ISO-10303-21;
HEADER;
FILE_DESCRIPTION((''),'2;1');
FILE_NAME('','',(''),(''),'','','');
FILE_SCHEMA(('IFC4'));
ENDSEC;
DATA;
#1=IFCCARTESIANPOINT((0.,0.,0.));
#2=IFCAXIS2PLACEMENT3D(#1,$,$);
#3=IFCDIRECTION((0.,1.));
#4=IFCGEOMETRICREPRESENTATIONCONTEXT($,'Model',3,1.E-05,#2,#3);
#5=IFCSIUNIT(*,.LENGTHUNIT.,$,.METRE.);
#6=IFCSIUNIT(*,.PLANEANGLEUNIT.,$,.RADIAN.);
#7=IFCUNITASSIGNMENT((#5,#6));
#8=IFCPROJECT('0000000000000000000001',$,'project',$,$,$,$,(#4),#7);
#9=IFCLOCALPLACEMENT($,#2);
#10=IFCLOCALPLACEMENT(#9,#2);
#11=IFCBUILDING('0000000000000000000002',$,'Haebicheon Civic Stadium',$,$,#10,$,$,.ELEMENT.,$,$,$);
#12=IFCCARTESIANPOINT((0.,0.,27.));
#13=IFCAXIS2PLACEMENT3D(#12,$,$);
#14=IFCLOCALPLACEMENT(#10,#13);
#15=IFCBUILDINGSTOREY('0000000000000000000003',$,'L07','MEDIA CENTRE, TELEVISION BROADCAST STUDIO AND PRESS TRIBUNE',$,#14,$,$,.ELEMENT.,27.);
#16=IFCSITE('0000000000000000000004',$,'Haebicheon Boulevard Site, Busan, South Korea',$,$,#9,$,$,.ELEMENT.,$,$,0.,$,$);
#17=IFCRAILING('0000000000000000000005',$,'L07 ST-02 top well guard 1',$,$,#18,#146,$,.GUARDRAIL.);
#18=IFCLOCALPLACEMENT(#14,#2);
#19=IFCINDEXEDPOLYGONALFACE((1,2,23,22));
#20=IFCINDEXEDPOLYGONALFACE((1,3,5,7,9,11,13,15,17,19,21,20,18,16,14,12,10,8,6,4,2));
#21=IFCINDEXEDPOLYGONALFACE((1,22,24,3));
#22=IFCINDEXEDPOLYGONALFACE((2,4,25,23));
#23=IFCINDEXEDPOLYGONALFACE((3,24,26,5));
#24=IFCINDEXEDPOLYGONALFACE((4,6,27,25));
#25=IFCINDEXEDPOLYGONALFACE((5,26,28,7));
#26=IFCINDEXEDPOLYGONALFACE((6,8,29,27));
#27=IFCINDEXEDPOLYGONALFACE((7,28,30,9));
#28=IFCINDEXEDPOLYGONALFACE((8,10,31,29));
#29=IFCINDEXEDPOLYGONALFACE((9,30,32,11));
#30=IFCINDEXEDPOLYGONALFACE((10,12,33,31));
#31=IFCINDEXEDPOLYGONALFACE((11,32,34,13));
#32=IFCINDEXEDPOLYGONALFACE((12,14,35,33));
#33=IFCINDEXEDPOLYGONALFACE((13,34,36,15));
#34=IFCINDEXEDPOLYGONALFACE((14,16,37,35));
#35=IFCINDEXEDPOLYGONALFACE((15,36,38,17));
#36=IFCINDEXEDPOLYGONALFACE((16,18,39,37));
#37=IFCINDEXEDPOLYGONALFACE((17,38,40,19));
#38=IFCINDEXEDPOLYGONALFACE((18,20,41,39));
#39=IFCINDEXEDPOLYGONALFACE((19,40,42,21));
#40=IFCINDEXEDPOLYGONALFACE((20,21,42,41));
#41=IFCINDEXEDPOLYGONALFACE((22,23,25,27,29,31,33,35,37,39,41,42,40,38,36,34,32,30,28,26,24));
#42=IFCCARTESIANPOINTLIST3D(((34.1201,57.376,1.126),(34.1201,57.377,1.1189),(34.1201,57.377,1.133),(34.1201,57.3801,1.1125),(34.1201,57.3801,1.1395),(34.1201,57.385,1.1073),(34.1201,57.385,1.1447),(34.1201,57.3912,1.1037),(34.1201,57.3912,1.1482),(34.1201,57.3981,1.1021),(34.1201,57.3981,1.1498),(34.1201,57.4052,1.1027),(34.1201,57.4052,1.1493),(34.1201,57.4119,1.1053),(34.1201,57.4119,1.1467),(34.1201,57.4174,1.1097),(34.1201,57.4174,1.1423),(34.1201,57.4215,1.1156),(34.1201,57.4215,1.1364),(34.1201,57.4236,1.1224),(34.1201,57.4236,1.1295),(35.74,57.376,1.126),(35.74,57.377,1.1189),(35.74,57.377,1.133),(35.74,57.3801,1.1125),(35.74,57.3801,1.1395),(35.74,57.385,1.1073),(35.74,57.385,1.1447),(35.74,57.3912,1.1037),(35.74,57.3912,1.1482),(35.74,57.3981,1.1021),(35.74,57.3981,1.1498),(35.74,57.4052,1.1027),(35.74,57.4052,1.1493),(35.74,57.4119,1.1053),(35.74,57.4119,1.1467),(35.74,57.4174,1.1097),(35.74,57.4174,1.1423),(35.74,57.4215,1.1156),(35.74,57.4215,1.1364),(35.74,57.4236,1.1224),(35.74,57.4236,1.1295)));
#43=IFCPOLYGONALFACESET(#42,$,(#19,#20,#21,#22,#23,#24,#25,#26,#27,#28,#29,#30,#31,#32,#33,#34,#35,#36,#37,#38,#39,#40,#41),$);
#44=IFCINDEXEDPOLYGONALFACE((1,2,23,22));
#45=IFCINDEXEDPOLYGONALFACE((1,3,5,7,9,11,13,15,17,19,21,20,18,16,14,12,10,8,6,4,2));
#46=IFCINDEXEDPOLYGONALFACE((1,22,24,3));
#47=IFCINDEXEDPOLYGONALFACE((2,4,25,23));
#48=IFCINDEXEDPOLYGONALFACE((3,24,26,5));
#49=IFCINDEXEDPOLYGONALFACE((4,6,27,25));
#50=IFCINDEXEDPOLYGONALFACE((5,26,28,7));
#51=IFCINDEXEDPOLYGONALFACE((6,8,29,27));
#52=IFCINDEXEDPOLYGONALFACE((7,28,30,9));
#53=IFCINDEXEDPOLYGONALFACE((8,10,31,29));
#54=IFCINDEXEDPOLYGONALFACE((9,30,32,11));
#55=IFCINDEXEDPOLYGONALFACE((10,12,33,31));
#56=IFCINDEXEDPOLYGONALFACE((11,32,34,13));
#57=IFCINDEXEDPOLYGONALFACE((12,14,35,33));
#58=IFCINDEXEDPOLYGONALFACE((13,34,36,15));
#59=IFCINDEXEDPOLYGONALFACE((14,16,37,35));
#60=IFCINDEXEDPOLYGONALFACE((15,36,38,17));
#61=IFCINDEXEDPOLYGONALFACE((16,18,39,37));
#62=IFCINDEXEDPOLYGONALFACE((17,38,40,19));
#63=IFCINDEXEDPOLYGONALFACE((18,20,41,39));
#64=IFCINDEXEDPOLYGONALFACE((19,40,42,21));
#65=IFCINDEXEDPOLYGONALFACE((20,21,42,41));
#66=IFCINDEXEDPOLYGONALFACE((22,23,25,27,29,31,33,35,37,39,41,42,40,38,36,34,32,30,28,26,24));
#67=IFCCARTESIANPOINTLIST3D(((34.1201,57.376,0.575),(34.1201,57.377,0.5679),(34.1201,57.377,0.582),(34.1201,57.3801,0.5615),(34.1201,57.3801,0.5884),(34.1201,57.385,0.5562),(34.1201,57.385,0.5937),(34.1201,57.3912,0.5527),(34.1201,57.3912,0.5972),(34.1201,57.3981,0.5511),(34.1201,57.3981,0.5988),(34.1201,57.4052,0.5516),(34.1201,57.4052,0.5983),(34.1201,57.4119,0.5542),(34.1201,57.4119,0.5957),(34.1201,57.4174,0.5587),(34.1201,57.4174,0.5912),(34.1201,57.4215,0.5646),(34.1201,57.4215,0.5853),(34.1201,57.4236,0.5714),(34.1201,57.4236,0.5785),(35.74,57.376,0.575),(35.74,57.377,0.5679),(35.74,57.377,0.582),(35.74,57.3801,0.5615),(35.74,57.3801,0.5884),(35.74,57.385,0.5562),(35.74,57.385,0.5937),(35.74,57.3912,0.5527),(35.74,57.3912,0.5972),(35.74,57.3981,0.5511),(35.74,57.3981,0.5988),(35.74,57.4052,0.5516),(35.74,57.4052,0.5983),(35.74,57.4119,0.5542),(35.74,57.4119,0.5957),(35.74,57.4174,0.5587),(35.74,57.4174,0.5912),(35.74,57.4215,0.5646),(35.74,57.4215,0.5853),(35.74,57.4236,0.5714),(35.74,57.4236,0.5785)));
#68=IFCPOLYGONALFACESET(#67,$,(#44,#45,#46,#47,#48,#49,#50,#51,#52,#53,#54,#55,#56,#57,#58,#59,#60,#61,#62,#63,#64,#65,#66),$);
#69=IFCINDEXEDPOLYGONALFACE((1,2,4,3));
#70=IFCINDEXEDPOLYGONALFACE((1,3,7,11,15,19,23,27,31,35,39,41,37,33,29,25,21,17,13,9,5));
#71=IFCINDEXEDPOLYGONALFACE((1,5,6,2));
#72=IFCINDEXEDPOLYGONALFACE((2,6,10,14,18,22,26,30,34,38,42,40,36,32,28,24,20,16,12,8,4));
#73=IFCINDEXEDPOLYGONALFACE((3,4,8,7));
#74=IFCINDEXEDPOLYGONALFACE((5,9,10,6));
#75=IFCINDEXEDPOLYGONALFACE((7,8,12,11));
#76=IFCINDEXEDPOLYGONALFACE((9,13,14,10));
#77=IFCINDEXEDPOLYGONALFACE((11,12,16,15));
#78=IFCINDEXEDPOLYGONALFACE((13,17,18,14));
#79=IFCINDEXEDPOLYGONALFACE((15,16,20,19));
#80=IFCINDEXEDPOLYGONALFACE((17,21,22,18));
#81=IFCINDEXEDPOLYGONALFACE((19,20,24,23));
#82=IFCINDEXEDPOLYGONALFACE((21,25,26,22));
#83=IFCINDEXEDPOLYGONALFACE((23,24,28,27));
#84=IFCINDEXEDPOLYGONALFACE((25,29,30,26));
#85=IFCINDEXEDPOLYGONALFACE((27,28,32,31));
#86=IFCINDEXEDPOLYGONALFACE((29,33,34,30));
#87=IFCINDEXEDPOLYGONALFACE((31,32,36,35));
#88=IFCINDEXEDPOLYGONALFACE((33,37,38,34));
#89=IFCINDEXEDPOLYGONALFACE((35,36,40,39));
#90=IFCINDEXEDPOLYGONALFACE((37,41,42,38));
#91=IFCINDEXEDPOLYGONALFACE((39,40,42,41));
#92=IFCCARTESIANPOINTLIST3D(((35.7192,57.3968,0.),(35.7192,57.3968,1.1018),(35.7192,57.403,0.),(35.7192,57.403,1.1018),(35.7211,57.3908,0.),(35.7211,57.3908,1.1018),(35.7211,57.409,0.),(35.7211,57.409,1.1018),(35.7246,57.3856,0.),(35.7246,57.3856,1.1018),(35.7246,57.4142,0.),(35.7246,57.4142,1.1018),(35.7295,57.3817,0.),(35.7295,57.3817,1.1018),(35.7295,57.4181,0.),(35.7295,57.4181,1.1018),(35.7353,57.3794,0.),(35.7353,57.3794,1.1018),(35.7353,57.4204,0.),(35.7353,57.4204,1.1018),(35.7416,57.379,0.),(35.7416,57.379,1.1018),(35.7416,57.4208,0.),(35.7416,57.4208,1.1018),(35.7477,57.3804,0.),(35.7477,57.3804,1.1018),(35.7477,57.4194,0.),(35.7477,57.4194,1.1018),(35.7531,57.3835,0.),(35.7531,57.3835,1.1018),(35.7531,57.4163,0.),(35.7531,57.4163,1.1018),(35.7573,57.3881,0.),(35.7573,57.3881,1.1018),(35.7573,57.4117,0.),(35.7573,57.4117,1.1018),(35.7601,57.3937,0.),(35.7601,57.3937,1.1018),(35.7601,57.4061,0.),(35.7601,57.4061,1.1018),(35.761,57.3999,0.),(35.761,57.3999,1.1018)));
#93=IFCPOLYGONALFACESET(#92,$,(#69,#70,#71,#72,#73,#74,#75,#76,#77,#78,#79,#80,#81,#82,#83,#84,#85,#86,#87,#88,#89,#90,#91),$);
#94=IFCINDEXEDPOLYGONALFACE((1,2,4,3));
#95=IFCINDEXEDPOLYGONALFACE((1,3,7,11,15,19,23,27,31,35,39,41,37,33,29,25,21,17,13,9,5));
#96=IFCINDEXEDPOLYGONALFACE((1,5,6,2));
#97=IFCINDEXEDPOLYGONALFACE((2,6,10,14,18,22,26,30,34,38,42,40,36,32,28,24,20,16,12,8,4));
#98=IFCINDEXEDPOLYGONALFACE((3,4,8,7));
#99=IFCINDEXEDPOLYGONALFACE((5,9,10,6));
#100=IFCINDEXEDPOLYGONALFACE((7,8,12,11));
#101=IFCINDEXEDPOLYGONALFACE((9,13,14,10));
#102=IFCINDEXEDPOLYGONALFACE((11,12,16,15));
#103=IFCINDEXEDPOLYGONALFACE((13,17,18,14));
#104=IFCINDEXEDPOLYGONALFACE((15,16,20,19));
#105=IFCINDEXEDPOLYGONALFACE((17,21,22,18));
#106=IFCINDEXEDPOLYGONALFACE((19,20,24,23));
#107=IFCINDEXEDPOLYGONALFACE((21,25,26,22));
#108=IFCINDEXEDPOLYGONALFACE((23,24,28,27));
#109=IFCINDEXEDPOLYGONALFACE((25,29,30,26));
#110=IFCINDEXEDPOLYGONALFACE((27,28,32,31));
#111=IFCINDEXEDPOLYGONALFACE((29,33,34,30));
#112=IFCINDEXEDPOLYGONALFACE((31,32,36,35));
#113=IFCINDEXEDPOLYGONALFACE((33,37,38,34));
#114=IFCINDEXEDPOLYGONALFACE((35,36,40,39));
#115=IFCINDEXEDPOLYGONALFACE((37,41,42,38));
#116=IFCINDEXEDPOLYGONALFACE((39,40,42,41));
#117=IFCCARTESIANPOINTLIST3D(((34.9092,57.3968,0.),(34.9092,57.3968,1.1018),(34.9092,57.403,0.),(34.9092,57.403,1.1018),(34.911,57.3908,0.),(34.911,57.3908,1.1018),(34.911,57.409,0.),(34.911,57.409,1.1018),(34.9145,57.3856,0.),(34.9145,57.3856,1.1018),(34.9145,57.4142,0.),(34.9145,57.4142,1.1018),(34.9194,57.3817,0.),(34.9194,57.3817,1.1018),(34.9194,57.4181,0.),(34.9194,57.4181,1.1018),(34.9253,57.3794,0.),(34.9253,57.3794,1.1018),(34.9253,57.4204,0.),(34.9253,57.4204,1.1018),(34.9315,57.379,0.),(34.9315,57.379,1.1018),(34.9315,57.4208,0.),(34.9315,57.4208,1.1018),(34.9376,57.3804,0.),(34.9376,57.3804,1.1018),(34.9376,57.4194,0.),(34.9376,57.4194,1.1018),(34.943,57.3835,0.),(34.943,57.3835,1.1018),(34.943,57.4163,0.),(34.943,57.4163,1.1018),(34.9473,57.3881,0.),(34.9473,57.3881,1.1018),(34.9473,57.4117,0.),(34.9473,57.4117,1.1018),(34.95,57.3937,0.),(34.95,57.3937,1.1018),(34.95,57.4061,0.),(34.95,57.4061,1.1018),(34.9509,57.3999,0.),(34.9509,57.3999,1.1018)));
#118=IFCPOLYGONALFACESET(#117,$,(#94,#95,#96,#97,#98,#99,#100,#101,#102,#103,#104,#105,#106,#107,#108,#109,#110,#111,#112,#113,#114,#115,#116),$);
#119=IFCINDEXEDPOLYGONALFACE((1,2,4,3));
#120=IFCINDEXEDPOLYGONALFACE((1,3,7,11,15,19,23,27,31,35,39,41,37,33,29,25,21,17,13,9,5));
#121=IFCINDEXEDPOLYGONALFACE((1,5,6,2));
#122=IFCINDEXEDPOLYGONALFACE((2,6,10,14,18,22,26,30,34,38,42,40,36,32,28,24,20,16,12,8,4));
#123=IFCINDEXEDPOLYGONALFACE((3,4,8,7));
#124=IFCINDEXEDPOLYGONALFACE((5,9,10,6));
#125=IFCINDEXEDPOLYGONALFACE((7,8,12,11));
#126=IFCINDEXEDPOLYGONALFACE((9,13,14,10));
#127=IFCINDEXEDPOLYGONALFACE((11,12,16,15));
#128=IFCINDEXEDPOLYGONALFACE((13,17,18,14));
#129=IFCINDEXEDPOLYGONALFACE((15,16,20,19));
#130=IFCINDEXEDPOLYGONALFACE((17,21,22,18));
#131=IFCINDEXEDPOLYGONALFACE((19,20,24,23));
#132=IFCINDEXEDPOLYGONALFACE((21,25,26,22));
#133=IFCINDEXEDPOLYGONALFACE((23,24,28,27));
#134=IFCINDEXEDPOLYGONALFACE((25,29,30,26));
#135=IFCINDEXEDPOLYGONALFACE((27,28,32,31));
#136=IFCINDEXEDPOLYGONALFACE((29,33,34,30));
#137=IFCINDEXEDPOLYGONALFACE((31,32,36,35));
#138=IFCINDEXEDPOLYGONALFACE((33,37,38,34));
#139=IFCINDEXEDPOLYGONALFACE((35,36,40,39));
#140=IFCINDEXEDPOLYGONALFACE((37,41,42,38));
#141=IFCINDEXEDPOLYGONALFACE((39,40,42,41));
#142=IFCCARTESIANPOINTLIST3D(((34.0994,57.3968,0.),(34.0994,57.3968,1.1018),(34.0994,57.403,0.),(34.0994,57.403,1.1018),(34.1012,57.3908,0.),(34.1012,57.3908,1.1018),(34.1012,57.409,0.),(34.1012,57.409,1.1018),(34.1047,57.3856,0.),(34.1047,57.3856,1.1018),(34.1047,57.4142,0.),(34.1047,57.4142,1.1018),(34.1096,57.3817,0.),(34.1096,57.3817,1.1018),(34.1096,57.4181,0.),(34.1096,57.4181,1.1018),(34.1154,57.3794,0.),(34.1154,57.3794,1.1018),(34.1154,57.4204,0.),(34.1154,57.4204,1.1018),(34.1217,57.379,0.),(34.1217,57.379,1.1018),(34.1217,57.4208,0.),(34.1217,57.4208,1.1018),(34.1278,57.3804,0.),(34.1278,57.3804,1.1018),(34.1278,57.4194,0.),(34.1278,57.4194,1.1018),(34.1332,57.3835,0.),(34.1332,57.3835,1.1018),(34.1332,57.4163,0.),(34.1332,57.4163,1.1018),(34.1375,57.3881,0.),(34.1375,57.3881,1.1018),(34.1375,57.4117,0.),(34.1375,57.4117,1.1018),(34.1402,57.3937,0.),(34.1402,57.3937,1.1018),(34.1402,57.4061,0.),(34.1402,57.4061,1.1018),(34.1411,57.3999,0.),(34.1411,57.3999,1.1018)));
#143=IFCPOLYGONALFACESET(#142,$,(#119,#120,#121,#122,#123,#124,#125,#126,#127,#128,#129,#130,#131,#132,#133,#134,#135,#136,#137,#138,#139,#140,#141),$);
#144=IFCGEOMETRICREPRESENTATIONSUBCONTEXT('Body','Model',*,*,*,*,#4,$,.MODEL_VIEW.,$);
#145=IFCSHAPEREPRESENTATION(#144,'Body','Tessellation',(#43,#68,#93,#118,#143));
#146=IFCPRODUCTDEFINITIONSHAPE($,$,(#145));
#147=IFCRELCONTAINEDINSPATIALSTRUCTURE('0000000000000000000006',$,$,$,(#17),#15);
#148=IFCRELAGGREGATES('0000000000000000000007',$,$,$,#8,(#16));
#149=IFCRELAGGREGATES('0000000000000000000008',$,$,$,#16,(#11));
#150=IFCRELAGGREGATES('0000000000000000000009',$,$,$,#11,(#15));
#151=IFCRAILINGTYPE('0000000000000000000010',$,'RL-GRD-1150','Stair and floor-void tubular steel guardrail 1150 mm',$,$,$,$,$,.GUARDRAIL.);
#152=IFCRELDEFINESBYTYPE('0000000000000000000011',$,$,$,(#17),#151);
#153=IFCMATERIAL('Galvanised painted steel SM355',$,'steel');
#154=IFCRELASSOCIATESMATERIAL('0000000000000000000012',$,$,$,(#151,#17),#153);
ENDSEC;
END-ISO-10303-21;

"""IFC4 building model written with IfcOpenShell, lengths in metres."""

from ifc_helpers import new_model, si_unit, direction, frame, origin, origin_2d, place, context, subcontext, project, spatial, circle, extrude, material, type_object, element, save


model = new_model("IFC4")

# Units and contexts
model_context = context("Model", 3, precision=1e-05, world=origin(), true_north=direction((0.0, 1.0)))
body_context = subcontext(model_context, "Body", "Model", "MODEL_VIEW")
ifc_project = project(units=[si_unit("LENGTHUNIT", "METRE"), si_unit("PLANEANGLEUNIT", "RADIAN")], contexts=[model_context])

# Site, building, storey
site_placement = place(None, origin())
site = spatial("IfcSite", under=ifc_project, at=site_placement, Name="Haebicheon Boulevard Site, Busan, South Korea", CompositionType="ELEMENT", RefElevation=0.0)
building_placement = place(site_placement, origin())
building = spatial("IfcBuilding", under=site, at=building_placement, Name="Haebicheon Civic Stadium", CompositionType="ELEMENT")
storey_placement = place(building_placement, frame((0.0, 0.0, 27.0)))
storey = spatial("IfcBuildingStorey", under=building, at=storey_placement, Name="L07", Description="MEDIA CENTRE, TELEVISION BROADCAST STUDIO AND PRESS TRIBUNE", CompositionType="ELEMENT", Elevation=27.0)

# Railing
ifc_material_1 = material(Name="Galvanised painted steel SM355", Category="steel")
railing_type = type_object("IfcRailingType", Name="RL-GRD-1150", Description="Stair and floor-void tubular steel guardrail 1150 mm", PredefinedType="GUARDRAIL", material=ifc_material_1)
railing_1_placement = place(storey_placement, frame((35.74, 57.3999, 0.0)))
element("IfcRailing", 1, at=railing_1_placement, inside=storey, type_object=railing_type, material=ifc_material_1, Name="L07 ST-02 top well guard 1", PredefinedType="GUARDRAIL", context=body_context, shape_type="SweptSolid", body=[
    extrude(circle(Radius=0.0239, at=origin_2d()), frame((0.0, 0.0, 1.126), z_axis=(-1.0, 0.0, 0.0), x_axis=(0.0, -1.0, 0.0)), (0.0, 0.0, 1.0), 1.6199),
    extrude(circle(Radius=0.0239, at=origin_2d()), frame((0.0, 0.0, 0.575), z_axis=(-1.0, 0.0, 0.0), x_axis=(0.0, -1.0, 0.0)), (0.0, 0.0, 1.0), 1.6199),
    extrude(circle(Radius=0.021, at=origin_2d()), origin(), (0.0, 0.0, 1.0), 1.1018),
    extrude(circle(Radius=0.021, at=origin_2d()), frame((-0.8101, 0.0, 0.0)), (0.0, 0.0, 1.0), 1.1018),
    extrude(circle(Radius=0.021, at=origin_2d()), frame((-1.6199, 0.0, 0.0)), (0.0, 0.0, 1.0), 1.1018),
])

save(model, "model.ifc")
